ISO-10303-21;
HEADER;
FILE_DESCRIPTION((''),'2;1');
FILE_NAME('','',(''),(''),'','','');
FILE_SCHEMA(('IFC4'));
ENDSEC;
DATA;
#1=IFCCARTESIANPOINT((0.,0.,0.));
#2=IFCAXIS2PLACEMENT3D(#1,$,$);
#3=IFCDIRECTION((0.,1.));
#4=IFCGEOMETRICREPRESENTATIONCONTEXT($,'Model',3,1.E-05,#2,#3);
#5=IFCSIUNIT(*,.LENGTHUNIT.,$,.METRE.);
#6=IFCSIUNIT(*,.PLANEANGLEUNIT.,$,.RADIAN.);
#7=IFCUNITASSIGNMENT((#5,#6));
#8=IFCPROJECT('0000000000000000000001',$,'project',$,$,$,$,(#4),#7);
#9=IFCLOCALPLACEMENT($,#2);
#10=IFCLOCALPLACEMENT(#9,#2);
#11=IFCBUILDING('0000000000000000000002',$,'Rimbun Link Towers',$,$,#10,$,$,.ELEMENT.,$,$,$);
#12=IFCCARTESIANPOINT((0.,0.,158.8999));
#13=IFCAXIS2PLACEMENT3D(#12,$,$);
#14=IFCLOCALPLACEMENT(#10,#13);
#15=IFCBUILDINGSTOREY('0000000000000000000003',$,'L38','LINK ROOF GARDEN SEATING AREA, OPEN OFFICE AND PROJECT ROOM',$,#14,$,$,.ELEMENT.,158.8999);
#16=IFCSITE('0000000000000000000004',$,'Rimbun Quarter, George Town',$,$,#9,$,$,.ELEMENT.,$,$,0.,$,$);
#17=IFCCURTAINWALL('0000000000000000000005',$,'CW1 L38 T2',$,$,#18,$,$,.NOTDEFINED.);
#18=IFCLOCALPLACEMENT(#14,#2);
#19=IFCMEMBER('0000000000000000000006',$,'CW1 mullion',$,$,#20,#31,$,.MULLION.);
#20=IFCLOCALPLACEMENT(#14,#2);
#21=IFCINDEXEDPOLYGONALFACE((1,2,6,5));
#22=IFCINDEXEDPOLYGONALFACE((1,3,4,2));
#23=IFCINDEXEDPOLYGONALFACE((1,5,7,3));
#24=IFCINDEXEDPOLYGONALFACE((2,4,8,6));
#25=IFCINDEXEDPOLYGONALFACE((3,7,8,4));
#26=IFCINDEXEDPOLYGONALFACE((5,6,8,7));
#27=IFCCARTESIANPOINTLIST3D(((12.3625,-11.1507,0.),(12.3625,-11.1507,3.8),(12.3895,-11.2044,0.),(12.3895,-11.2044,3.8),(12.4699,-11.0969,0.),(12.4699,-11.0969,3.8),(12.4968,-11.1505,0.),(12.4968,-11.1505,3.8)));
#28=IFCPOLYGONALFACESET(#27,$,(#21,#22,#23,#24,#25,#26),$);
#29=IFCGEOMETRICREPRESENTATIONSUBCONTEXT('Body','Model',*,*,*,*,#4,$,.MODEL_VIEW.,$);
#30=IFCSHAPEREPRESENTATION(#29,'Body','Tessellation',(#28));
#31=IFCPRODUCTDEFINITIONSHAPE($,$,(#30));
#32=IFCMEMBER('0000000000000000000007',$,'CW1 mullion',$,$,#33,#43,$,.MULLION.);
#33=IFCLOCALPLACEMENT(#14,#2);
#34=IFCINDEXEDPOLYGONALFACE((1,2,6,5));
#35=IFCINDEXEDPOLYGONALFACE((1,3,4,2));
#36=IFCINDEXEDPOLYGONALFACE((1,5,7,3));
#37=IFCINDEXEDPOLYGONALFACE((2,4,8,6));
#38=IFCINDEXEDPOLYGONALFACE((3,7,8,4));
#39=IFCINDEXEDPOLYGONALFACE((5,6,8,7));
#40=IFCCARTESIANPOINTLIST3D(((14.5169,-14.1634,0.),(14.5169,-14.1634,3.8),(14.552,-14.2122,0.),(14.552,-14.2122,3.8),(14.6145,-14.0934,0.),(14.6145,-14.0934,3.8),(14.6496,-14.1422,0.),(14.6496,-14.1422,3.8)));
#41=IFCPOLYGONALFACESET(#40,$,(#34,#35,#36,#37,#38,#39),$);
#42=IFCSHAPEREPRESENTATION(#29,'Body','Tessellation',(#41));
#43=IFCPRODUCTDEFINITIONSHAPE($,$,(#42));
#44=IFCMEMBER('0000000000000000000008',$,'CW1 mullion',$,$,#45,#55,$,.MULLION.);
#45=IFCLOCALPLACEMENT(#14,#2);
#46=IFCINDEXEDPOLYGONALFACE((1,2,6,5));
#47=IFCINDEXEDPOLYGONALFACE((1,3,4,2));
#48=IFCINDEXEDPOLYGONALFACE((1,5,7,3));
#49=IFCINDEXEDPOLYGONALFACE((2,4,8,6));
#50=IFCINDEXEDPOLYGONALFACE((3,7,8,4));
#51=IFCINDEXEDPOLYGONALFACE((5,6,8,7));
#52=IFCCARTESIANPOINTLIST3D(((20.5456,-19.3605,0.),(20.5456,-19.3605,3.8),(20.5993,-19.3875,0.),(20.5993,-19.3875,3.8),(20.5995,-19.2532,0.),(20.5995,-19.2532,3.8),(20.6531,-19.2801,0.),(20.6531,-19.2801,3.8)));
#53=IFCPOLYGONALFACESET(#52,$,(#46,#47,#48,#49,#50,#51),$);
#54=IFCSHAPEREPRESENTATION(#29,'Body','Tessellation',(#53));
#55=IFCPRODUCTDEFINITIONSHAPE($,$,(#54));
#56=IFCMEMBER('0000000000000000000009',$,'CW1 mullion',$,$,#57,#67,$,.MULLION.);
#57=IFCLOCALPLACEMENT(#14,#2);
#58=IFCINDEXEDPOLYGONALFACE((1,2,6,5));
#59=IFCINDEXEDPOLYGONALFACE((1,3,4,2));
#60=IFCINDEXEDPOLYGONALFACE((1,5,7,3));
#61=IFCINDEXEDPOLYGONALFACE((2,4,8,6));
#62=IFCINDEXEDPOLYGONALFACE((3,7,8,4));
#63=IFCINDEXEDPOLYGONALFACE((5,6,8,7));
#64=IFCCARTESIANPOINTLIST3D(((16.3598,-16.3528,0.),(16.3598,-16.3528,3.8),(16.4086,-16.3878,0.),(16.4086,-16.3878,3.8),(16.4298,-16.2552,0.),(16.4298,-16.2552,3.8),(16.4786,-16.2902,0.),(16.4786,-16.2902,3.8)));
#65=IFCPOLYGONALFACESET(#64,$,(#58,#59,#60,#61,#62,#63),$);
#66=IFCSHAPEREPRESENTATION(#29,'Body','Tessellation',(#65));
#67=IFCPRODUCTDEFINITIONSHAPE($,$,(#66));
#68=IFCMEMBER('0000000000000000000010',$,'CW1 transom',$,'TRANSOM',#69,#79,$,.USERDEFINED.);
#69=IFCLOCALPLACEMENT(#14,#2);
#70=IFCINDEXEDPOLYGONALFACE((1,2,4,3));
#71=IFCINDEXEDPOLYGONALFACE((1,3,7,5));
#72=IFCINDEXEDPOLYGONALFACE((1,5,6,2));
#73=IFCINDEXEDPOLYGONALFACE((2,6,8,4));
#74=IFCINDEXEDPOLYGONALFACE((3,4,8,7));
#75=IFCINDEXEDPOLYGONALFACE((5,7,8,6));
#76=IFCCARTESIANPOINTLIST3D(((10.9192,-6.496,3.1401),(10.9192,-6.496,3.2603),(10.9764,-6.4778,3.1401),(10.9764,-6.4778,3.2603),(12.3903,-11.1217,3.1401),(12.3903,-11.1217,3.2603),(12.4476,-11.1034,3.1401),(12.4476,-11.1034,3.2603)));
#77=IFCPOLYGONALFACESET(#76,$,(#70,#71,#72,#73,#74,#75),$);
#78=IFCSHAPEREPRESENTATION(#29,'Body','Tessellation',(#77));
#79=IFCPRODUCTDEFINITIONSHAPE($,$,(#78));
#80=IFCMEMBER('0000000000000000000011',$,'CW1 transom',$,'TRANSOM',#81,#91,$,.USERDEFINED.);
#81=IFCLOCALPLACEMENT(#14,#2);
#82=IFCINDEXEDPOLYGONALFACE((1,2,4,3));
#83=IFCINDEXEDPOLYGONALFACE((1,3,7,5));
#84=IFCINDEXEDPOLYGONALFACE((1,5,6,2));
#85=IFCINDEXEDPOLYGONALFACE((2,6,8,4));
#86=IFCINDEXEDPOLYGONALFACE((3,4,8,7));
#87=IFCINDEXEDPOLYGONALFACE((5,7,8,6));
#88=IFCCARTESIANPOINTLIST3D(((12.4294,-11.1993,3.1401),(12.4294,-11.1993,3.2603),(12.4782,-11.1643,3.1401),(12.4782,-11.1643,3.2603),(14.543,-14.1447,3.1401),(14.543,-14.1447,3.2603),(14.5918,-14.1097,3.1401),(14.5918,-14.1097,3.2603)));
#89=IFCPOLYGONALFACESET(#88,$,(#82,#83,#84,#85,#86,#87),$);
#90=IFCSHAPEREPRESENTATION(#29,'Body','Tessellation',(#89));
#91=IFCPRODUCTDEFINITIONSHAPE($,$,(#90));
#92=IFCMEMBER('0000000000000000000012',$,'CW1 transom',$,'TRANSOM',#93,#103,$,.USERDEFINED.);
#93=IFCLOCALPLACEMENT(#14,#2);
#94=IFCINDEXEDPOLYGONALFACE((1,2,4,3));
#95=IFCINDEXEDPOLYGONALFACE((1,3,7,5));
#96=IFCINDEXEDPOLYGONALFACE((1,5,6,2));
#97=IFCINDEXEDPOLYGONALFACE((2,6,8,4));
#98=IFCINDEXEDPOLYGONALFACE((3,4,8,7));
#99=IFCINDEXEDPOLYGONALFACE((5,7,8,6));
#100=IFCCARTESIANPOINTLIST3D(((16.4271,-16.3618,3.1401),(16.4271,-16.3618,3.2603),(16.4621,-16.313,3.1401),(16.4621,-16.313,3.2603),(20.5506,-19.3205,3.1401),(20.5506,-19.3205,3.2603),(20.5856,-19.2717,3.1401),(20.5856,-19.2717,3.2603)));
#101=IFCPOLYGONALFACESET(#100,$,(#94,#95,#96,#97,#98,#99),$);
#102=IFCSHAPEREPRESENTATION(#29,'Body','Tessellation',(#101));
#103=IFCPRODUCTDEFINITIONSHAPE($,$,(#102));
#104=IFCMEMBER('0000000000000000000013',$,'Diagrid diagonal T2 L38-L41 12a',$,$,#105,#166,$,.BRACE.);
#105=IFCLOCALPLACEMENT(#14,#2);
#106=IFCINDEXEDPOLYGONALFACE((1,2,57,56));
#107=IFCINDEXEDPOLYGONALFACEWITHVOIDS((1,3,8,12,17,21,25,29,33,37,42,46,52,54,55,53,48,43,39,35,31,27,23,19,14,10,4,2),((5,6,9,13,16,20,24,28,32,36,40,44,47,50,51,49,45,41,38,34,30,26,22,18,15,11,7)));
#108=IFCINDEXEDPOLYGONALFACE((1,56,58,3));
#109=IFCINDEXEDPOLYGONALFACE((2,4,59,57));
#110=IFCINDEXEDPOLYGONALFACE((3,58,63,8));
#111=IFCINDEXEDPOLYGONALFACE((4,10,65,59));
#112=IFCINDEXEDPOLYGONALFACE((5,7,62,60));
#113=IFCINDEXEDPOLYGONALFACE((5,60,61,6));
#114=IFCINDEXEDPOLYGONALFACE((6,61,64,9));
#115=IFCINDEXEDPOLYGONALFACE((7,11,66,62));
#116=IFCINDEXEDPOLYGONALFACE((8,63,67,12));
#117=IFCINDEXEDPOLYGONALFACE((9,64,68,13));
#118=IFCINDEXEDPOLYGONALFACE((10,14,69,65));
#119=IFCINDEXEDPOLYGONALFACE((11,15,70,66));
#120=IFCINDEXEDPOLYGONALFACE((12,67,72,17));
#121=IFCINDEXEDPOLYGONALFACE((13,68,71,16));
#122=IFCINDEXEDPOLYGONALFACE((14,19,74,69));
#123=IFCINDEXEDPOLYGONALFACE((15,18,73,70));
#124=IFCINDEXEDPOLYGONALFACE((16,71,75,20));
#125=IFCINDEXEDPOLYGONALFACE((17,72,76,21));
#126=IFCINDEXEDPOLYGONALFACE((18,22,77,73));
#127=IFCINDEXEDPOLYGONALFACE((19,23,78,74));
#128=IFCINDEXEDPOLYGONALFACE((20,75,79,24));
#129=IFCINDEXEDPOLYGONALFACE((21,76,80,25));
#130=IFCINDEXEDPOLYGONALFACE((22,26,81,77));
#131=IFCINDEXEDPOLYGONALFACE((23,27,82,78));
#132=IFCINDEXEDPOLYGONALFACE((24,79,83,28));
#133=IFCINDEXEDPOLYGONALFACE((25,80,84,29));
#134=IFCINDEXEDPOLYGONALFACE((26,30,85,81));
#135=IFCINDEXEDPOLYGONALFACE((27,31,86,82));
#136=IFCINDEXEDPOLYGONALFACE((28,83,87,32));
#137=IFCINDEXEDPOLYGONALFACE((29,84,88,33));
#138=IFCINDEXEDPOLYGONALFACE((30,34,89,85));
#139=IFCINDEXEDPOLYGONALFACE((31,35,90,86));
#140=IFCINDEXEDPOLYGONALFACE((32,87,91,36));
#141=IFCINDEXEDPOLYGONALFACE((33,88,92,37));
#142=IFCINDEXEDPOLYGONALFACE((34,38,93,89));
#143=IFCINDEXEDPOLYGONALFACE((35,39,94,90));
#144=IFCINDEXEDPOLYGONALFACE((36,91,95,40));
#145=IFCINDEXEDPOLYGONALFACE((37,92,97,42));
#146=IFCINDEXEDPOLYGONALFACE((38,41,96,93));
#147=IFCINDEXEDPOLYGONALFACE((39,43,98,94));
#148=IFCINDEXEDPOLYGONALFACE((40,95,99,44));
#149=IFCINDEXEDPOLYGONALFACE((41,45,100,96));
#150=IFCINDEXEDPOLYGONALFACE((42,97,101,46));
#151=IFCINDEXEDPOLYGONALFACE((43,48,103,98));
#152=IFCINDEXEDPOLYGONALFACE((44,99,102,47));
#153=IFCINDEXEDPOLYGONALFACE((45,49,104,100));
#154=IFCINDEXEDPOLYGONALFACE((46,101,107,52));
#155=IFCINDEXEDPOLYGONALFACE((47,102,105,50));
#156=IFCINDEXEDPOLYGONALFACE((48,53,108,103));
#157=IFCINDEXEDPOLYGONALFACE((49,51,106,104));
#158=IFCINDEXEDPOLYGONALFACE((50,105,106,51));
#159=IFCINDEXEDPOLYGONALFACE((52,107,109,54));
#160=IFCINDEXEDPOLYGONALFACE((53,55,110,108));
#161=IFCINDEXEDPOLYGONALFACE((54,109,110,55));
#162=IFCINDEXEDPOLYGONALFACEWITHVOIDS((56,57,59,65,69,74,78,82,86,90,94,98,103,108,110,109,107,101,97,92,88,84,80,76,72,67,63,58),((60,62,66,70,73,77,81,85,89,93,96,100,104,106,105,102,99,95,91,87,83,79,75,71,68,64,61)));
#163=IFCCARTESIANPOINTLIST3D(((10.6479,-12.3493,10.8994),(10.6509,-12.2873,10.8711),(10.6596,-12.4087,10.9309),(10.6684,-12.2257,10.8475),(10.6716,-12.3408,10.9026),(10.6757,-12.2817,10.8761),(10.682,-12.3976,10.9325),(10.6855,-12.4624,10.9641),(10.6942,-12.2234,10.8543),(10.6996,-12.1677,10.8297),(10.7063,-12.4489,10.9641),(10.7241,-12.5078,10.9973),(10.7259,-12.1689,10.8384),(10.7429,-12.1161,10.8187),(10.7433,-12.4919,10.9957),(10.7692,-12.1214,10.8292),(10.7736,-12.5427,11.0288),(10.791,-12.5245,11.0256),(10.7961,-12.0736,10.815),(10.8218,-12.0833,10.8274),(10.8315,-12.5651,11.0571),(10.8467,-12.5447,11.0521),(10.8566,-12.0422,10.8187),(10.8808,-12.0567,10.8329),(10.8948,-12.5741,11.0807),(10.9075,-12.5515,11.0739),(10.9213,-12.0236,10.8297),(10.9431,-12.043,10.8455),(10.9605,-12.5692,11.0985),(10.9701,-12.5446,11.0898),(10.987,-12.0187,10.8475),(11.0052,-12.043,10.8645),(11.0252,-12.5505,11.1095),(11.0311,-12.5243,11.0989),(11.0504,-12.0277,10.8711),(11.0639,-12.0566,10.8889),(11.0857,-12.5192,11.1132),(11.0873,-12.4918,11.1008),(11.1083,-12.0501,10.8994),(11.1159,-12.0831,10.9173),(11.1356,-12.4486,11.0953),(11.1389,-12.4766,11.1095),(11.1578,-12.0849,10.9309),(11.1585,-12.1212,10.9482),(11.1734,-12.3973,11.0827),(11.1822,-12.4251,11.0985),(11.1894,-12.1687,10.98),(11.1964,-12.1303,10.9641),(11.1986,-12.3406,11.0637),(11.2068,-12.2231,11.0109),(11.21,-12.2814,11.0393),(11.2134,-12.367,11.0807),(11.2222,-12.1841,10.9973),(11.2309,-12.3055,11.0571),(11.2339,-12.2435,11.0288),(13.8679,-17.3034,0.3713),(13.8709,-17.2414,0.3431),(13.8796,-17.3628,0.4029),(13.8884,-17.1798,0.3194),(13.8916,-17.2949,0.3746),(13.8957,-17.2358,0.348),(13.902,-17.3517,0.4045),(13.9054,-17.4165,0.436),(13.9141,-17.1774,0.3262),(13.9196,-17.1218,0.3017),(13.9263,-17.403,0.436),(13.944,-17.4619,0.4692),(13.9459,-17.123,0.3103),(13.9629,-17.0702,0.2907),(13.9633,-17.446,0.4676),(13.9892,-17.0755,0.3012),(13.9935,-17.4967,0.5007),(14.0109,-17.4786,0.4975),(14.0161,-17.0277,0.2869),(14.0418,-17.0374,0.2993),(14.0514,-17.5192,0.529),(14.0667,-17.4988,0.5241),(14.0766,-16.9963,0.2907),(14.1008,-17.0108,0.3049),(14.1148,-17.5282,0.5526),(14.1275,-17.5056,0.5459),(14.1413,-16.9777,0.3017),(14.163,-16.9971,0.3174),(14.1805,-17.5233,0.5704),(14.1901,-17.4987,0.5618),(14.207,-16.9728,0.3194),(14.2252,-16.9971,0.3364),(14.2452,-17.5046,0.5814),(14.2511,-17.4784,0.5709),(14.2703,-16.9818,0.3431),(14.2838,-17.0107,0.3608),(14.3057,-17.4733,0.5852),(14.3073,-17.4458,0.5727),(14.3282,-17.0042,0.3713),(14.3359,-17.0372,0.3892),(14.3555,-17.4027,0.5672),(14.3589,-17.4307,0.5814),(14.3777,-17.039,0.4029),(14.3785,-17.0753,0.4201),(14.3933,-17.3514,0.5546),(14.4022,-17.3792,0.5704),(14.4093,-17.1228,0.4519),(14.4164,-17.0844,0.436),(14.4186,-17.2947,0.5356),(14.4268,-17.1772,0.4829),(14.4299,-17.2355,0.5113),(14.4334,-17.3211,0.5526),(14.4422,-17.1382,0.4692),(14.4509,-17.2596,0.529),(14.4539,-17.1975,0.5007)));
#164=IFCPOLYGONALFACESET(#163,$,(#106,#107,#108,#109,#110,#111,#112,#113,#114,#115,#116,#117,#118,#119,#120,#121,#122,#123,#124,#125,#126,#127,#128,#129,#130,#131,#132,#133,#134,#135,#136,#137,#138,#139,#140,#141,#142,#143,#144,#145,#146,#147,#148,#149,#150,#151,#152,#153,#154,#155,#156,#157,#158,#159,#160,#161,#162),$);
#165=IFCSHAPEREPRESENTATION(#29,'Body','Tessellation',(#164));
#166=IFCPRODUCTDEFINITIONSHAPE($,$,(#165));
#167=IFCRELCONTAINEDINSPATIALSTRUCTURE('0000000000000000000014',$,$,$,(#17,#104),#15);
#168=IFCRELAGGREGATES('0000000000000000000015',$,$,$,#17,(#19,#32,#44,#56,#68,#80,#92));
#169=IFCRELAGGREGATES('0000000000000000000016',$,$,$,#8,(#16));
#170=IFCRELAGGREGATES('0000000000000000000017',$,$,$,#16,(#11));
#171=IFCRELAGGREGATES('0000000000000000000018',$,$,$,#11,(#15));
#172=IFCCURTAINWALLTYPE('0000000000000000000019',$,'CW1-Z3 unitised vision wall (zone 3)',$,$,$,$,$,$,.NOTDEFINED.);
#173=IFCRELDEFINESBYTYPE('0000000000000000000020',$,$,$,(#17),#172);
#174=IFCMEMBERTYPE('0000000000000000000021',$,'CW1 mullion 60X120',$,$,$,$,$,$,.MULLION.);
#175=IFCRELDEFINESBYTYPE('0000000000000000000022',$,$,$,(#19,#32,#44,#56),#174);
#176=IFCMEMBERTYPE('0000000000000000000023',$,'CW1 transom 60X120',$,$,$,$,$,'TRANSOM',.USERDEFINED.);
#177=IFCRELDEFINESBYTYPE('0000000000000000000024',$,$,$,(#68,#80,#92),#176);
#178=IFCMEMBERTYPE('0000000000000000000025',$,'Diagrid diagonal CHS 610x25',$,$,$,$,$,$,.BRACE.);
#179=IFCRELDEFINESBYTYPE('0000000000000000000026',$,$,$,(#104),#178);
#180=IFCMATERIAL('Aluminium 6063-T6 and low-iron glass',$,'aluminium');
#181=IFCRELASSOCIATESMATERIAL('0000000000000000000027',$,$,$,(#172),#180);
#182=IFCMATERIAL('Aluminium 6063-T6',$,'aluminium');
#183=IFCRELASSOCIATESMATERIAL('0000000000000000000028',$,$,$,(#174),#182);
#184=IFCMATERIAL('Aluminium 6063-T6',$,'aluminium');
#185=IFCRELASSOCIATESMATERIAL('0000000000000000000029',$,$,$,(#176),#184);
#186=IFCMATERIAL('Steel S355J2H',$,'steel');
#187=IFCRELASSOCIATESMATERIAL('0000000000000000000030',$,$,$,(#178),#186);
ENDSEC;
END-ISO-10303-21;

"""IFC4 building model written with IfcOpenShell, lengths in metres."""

from ifc_helpers import new_model, si_unit, direction, frame, origin, origin_2d, place, context, subcontext, project, spatial, rectangle, hollow_circle, extrude, material, material_profile, profile_set, type_object, element, aggregate, save


model = new_model("IFC4")

# Units and contexts
model_context = context("Model", 3, precision=1e-05, world=origin(), true_north=direction((0.0, 1.0)))
body_context = subcontext(model_context, "Body", "Model", "MODEL_VIEW")
ifc_project = project(units=[si_unit("LENGTHUNIT", "METRE"), si_unit("PLANEANGLEUNIT", "RADIAN")], contexts=[model_context])

# Site, building, storey
site_placement = place(None, origin())
site = spatial("IfcSite", under=ifc_project, at=site_placement, Name="Rimbun Quarter, George Town", CompositionType="ELEMENT", RefElevation=0.0)
building_placement = place(site_placement, origin())
building = spatial("IfcBuilding", under=site, at=building_placement, Name="Rimbun Link Towers", CompositionType="ELEMENT")
storey_placement = place(building_placement, frame((0.0, 0.0, 158.8999)))
storey = spatial("IfcBuildingStorey", under=building, at=storey_placement, Name="L38", Description="LINK ROOF GARDEN SEATING AREA, OPEN OFFICE AND PROJECT ROOM", CompositionType="ELEMENT", Elevation=158.8999)

# Curtain wall, members
ifc_material_1 = material(Name="Aluminium 6063-T6 and low-iron glass", Category="aluminium")
curtain_wall_type = type_object("IfcCurtainWallType", Name="CW1-Z3 unitised vision wall (zone 3)", PredefinedType="NOTDEFINED", material=ifc_material_1)
curtain_wall_placement = place(storey_placement, origin())
curtain_wall = element("IfcCurtainWall", 1, at=curtain_wall_placement, inside=storey, type_object=curtain_wall_type, Name="CW1 L38 T2", PredefinedType="NOTDEFINED")
ifc_material_2 = material(Name="Aluminium 6063-T6", Category="aluminium")
ifc_material_profile_1 = material_profile(ifc_material_2, rectangle(XDim=0.1201, YDim=0.0601, at=origin_2d()), Name="MULLION 60X120")
ifc_profile_set_1 = profile_set([ifc_material_profile_1], Name="Aluminium 6063-T6")
member_type_1 = type_object("IfcMemberType", Name="CW1 mullion 60X120", PredefinedType="MULLION", material=ifc_profile_set_1)
member_1_placement = place(storey_placement, frame((12.4297, -11.1506, 0.0), z_axis=(0.0, 0.0, 1.0), x_axis=(-0.893744, -0.448577, 0.0)))
member_1 = element("IfcMember", 2, at=member_1_placement, type_object=member_type_1, Name="CW1 mullion", PredefinedType="MULLION", context=body_context, shape_type="SweptSolid", body=[
    extrude(rectangle(XDim=0.1201, YDim=0.0601, at=origin_2d()), origin(), (0.0, 0.0, 1.0), 3.8),
])
member_2_placement = place(storey_placement, frame((14.5833, -14.1528, 0.0), z_axis=(0.0, 0.0, 1.0), x_axis=(-0.812469, -0.583004, 0.0)))
member_2 = element("IfcMember", 3, at=member_2_placement, type_object=member_type_1, Name="CW1 mullion", PredefinedType="MULLION", context=body_context, shape_type="SweptSolid", body=[
    extrude(rectangle(XDim=0.1201, YDim=0.0601, at=origin_2d()), origin(), (0.0, 0.0, 1.0), 3.8),
])
member_3_placement = place(storey_placement, frame((20.5994, -19.3203, 0.0), z_axis=(0.0, 0.0, 1.0), x_axis=(-0.448577, -0.893744, 0.0)))
member_3 = element("IfcMember", 4, at=member_3_placement, type_object=member_type_1, Name="CW1 mullion", PredefinedType="MULLION", context=body_context, shape_type="SweptSolid", body=[
    extrude(rectangle(XDim=0.1201, YDim=0.0601, at=origin_2d()), origin(), (0.0, 0.0, 1.0), 3.8),
])
member_4_placement = place(storey_placement, frame((16.4192, -16.3215, 0.0), z_axis=(0.0, 0.0, 1.0), x_axis=(-0.583004, -0.812469, 0.0)))
member_4 = element("IfcMember", 5, at=member_4_placement, type_object=member_type_1, Name="CW1 mullion", PredefinedType="MULLION", context=body_context, shape_type="SweptSolid", body=[
    extrude(rectangle(XDim=0.1201, YDim=0.0601, at=origin_2d()), origin(), (0.0, 0.0, 1.0), 3.8),
])
ifc_material_3 = material(Name="Aluminium 6063-T6", Category="aluminium")
ifc_material_profile_2 = material_profile(ifc_material_3, rectangle(XDim=0.0601, YDim=0.1201, at=origin_2d()), Name="TRANSOM 60X120")
ifc_profile_set_2 = profile_set([ifc_material_profile_2], Name="Aluminium 6063-T6")
member_type_2 = type_object("IfcMemberType", Name="CW1 transom 60X120", ElementType="TRANSOM", PredefinedType="USERDEFINED", material=ifc_profile_set_2)
member_5_placement = place(storey_placement, frame((12.4189, -11.1125, 3.2002), z_axis=(-0.303085, 0.952963, 0.0), x_axis=(-0.952963, -0.303085, 0.0)))
member_5 = element("IfcMember", 6, at=member_5_placement, type_object=member_type_2, Name="CW1 transom", ObjectType="TRANSOM", PredefinedType="USERDEFINED", context=body_context, shape_type="SweptSolid", body=[
    extrude(rectangle(XDim=0.0601, YDim=0.1201, at=origin_2d()), origin(), (0.0, 0.0, 1.0), 4.854),
])
member_6_placement = place(storey_placement, frame((14.5674, -14.1272, 3.2002), z_axis=(-0.583014, 0.812462, 0.0), x_axis=(-0.812462, -0.583014, 0.0)))
member_6 = element("IfcMember", 7, at=member_6_placement, type_object=member_type_2, Name="CW1 transom", ObjectType="TRANSOM", PredefinedType="USERDEFINED", context=body_context, shape_type="SweptSolid", body=[
    extrude(rectangle(XDim=0.0601, YDim=0.1201, at=origin_2d()), origin(), (0.0, 0.0, 1.0), 3.6252),
])
member_7_placement = place(storey_placement, frame((20.5681, -19.2961, 3.2002), z_axis=(-0.812487, 0.58298, 0.0), x_axis=(-0.58298, -0.812487, 0.0)))
member_7 = element("IfcMember", 8, at=member_7_placement, type_object=member_type_2, Name="CW1 transom", ObjectType="TRANSOM", PredefinedType="USERDEFINED", context=body_context, shape_type="SweptSolid", body=[
    extrude(rectangle(XDim=0.0601, YDim=0.1201, at=origin_2d()), origin(), (0.0, 0.0, 1.0), 5.0752),
])

# Member
ifc_material_4 = material(Name="Steel S355J2H", Category="steel")
ifc_material_profile_3 = material_profile(ifc_material_4, hollow_circle(Radius=0.3047, WallThickness=0.0249, at=origin_2d()), Name="Diagrid diagonal CHS 610x25")
ifc_profile_set_3 = profile_set([ifc_material_profile_3], Name="Steel S355J2H")
member_type_3 = type_object("IfcMemberType", Name="Diagrid diagonal CHS 610x25", PredefinedType="BRACE", material=ifc_profile_set_3)
for number, where, z_axis, x_axis, name in (
    (9, (14.1609, -17.2505, 0.436), (-0.266714, 0.410353, 0.872052), (-0.838459, -0.544965, 0.0), "Diagrid diagonal T2 L38-L41 12a"),
):
    element("IfcMember", number, at=place(storey_placement, frame(where, z_axis=z_axis, x_axis=x_axis)), inside=storey, type_object=member_type_3, Name=name, PredefinedType="BRACE", context=body_context, shape_type="SweptSolid", body=[
        extrude(hollow_circle(Radius=0.3047, WallThickness=0.0249, at=origin_2d()), origin(), (0.0, 0.0, 1.0), 12.0728),
    ])

aggregate(curtain_wall, [member_1, member_2, member_3, member_4, member_5, member_6, member_7])

save(model, "model.ifc")
